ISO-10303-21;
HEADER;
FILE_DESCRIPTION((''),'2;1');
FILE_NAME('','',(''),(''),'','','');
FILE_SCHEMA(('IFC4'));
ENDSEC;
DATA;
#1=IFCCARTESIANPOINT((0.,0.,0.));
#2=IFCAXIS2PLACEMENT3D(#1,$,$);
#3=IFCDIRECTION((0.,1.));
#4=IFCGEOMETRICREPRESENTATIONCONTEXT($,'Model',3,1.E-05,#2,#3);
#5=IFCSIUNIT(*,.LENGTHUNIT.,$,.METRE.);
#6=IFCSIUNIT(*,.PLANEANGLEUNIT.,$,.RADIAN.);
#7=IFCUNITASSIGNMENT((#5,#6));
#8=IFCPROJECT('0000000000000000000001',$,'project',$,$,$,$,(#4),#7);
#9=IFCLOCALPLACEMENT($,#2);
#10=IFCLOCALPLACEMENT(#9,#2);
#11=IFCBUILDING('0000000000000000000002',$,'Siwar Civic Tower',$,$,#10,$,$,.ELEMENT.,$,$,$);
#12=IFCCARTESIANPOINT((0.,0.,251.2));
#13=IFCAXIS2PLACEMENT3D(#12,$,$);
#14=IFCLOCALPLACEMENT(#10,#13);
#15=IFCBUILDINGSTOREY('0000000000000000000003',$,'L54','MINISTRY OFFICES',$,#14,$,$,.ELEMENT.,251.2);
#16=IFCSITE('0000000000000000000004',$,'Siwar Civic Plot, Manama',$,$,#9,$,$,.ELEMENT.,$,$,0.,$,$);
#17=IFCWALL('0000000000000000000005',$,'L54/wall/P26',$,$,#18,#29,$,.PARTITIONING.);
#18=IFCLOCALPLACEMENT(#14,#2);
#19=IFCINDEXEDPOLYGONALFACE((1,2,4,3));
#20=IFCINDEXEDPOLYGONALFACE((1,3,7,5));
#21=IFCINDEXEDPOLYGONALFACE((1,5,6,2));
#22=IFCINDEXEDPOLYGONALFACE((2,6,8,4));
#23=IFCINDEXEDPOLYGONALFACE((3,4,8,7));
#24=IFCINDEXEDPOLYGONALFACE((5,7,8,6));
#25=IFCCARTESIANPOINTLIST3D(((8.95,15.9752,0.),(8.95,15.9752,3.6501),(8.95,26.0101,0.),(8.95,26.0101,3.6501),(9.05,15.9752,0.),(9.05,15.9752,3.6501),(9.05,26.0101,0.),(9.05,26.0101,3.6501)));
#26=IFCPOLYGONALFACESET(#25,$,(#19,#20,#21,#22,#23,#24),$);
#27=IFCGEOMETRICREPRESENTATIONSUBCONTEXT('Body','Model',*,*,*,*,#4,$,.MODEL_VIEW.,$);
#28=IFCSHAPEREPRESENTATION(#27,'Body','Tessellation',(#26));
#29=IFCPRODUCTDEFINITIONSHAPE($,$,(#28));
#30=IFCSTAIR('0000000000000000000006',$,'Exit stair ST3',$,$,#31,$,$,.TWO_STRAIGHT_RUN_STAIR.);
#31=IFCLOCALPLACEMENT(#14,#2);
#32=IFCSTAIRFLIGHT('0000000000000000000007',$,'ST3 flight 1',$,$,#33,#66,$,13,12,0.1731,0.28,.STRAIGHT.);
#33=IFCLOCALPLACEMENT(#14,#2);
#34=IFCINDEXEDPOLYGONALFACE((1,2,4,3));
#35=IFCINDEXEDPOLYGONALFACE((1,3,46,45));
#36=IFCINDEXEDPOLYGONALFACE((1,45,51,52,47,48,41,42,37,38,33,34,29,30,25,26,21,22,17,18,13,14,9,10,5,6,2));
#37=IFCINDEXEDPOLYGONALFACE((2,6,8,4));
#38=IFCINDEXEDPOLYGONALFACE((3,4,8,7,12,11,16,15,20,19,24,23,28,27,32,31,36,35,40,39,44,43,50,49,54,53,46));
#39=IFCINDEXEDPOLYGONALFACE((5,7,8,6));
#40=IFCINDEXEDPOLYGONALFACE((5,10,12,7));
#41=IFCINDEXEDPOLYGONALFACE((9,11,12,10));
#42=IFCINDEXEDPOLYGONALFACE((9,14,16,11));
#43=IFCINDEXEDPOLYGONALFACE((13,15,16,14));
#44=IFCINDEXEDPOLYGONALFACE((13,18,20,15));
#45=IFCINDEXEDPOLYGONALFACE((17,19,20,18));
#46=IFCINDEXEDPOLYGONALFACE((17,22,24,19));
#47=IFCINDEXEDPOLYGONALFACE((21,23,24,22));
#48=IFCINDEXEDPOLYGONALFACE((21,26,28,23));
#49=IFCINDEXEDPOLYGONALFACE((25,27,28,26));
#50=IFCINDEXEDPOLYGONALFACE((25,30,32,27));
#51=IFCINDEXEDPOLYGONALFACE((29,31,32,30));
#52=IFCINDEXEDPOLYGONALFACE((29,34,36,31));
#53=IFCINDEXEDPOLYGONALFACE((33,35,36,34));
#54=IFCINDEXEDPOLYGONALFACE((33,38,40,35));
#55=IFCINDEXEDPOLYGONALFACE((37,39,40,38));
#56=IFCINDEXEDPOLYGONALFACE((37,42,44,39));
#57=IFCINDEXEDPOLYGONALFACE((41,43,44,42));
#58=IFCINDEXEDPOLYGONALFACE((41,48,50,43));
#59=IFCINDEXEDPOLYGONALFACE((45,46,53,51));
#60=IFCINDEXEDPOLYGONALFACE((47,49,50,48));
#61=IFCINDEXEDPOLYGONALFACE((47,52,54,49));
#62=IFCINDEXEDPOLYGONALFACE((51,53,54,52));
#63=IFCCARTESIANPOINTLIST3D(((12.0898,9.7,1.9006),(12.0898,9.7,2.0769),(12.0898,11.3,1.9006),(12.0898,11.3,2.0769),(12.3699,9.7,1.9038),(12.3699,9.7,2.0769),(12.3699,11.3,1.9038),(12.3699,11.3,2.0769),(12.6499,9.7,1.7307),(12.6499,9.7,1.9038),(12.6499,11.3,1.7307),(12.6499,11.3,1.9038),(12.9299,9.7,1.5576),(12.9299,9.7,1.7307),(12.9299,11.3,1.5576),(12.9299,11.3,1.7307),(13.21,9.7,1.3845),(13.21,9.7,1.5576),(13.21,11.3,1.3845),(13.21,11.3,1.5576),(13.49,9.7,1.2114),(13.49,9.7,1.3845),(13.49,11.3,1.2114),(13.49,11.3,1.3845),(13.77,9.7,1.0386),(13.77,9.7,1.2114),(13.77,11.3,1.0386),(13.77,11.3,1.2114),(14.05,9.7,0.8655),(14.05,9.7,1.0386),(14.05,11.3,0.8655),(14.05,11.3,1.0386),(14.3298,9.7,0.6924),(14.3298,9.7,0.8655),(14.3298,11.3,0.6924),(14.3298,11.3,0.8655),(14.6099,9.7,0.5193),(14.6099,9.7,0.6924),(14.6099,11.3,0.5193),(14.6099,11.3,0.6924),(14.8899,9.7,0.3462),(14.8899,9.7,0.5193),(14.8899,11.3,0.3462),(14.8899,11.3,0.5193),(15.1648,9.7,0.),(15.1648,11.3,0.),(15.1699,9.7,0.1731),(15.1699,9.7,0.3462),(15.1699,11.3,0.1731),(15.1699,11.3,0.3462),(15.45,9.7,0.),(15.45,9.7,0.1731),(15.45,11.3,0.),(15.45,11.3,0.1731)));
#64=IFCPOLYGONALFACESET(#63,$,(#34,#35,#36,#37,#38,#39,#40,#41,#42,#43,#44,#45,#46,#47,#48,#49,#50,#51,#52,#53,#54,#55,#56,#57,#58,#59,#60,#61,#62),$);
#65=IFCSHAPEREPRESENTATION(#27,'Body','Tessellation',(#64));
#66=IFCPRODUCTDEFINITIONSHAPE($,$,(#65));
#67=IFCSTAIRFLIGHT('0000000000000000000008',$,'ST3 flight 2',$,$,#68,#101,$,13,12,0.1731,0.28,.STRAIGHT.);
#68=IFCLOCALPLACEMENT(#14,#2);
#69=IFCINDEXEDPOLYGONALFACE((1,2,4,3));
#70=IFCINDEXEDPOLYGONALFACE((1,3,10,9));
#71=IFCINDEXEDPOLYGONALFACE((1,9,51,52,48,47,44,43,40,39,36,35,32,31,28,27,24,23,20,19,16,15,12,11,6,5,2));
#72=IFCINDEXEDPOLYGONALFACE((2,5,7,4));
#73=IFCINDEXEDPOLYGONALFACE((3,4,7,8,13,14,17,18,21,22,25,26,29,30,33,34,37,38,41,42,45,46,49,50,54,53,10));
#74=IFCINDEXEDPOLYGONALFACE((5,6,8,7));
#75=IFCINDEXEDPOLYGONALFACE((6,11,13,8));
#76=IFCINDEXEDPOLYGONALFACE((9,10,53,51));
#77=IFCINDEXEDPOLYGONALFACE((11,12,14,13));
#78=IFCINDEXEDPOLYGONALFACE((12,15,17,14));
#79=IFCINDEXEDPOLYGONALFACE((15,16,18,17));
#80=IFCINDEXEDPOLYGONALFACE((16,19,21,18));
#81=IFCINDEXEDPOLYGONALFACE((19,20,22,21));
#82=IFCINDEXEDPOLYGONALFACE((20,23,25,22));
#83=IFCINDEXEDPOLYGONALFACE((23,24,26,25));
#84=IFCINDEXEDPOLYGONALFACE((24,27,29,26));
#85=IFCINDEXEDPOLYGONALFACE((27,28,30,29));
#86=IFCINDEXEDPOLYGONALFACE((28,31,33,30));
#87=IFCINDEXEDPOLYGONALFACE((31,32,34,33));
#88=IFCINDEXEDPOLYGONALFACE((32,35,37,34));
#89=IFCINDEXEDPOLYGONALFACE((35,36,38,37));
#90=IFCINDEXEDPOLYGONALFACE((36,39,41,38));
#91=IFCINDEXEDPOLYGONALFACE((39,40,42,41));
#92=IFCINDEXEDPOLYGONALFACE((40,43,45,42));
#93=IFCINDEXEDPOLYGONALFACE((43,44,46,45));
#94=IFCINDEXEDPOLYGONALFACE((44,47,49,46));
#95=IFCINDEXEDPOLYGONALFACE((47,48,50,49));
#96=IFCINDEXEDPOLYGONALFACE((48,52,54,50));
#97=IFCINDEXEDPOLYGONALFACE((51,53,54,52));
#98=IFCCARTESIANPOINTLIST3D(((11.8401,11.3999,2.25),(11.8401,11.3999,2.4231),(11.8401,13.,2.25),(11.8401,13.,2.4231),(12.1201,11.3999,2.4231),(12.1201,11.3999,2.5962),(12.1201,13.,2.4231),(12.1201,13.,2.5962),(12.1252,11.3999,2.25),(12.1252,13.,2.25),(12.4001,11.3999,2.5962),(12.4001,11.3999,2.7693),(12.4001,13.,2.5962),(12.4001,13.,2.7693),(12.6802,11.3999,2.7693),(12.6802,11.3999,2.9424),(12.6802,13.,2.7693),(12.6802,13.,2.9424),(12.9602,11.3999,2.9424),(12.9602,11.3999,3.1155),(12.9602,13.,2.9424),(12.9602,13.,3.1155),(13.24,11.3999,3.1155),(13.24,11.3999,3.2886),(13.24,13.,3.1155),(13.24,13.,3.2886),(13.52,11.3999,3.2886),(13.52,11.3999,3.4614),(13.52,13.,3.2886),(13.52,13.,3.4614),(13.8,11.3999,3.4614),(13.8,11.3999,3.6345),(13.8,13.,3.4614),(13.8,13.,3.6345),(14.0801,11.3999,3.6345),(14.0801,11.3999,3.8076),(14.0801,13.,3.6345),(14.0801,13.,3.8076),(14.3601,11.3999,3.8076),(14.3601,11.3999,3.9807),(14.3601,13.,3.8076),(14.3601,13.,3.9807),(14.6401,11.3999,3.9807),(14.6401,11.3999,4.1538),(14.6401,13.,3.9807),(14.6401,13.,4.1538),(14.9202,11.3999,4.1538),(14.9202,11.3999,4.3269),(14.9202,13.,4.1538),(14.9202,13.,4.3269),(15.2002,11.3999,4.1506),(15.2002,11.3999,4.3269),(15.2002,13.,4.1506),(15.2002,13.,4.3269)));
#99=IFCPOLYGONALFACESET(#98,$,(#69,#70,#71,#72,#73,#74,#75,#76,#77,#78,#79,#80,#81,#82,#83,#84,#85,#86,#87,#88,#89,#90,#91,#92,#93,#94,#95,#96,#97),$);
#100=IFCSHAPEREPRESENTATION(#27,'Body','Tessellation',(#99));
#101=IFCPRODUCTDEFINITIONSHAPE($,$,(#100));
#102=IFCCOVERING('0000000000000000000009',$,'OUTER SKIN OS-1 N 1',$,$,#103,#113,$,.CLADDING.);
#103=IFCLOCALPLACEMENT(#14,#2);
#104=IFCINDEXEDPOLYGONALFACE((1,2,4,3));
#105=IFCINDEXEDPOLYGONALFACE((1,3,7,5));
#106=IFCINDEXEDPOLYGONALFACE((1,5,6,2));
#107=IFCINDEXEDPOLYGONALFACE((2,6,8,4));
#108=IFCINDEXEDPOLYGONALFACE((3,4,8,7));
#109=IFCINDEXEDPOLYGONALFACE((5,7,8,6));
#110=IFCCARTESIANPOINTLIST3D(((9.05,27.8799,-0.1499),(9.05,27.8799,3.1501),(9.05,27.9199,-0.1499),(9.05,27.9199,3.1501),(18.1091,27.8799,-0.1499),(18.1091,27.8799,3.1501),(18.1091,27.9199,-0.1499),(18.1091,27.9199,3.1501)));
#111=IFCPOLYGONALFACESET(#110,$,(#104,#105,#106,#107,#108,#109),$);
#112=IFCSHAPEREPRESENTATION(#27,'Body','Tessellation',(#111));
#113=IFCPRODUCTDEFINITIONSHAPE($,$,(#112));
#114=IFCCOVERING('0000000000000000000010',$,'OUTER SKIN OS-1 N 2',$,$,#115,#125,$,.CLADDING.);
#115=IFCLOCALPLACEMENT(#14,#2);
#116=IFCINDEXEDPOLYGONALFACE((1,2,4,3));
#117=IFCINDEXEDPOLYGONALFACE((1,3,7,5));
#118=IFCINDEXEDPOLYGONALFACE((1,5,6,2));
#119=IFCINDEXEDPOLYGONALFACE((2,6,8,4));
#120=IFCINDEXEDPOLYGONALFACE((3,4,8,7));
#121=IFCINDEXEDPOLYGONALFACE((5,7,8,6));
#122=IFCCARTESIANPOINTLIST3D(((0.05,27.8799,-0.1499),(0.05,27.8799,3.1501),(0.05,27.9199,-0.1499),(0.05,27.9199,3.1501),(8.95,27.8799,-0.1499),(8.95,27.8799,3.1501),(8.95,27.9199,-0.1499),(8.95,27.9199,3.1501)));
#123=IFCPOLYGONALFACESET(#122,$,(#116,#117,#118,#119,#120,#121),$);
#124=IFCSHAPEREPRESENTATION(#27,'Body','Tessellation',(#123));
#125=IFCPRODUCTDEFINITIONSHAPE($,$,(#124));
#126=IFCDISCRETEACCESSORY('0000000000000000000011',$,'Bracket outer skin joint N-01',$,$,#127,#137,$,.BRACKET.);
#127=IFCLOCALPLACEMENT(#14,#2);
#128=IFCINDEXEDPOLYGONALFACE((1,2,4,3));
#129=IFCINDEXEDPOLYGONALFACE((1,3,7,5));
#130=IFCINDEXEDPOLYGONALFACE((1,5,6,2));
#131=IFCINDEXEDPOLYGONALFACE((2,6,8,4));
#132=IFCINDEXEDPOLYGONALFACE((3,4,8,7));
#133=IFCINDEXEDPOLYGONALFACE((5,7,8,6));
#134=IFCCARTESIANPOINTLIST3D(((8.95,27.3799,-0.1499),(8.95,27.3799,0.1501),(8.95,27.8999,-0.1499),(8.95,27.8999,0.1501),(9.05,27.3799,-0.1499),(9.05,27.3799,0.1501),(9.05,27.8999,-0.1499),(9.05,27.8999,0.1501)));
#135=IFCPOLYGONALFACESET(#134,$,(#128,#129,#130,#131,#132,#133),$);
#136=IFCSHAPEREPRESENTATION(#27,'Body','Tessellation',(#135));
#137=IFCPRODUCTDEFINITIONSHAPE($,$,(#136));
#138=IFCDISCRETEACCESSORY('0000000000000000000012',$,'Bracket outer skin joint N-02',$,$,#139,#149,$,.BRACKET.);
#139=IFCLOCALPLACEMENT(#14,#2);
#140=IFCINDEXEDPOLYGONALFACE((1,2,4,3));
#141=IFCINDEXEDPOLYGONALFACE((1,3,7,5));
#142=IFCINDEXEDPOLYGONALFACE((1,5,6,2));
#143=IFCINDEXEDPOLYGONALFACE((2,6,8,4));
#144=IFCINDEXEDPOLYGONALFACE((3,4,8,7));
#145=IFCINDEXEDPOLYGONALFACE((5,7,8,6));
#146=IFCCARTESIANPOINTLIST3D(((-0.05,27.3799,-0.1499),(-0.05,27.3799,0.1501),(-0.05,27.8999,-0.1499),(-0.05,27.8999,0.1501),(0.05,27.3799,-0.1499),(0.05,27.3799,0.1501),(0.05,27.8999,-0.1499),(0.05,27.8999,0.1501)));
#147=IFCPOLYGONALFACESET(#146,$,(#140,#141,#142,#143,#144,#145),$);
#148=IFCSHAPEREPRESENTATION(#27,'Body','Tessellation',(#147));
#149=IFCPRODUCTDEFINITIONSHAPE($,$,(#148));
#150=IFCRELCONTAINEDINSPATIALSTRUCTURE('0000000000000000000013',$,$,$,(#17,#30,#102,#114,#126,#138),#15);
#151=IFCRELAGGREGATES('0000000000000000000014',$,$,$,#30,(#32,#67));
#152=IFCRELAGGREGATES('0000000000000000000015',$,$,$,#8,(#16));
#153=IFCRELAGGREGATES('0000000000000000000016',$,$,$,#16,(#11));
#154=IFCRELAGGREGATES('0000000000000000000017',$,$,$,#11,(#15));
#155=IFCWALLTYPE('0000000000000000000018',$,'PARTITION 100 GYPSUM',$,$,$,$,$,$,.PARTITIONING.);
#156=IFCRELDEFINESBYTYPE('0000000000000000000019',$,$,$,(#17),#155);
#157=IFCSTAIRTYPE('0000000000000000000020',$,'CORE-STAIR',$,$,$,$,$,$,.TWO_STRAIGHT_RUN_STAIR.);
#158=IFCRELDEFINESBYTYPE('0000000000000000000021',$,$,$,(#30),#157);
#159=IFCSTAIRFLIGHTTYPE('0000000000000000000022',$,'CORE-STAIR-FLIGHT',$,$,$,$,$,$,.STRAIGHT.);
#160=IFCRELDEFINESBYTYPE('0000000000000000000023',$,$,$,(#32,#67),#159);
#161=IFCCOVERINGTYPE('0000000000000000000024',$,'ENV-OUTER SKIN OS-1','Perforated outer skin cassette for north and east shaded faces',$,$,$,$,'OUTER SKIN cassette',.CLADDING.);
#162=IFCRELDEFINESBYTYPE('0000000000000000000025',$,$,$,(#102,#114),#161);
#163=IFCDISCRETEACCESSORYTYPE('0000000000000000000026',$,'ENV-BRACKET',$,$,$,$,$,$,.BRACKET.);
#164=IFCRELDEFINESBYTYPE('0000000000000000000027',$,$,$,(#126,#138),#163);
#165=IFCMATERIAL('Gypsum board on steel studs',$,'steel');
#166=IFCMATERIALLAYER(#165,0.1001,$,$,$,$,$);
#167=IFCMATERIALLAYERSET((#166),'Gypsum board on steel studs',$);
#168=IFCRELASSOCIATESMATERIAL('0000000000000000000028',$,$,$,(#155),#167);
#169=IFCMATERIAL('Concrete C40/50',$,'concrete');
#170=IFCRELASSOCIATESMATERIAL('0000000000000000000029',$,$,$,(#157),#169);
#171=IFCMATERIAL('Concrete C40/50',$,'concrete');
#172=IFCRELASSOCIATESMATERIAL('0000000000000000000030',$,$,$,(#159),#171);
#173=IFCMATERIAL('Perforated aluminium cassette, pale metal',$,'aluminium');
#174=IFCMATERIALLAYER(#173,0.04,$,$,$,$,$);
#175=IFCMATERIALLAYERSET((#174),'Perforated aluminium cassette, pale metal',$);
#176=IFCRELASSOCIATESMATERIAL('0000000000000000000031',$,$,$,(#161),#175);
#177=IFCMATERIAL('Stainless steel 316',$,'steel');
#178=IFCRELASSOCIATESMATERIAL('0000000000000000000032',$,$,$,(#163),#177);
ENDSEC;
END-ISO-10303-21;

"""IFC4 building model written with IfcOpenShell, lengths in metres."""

from ifc_helpers import new_model, si_unit, direction, frame, frame_2d, origin, origin_2d, place, context, subcontext, project, spatial, polyline, rectangle, outline, extrude, material, layer, layer_set, type_object, element, aggregate, save


model = new_model("IFC4")

# Units and contexts
model_context = context("Model", 3, precision=1e-05, world=origin(), true_north=direction((0.0, 1.0)))
body_context = subcontext(model_context, "Body", "Model", "MODEL_VIEW")
ifc_project = project(units=[si_unit("LENGTHUNIT", "METRE"), si_unit("PLANEANGLEUNIT", "RADIAN")], contexts=[model_context])

# Site, building, storey
site_placement = place(None, origin())
site = spatial("IfcSite", under=ifc_project, at=site_placement, Name="Siwar Civic Plot, Manama", CompositionType="ELEMENT", RefElevation=0.0)
building_placement = place(site_placement, origin())
building = spatial("IfcBuilding", under=site, at=building_placement, Name="Siwar Civic Tower", CompositionType="ELEMENT")
storey_placement = place(building_placement, frame((0.0, 0.0, 251.2)))
storey = spatial("IfcBuildingStorey", under=building, at=storey_placement, Name="L54", Description="MINISTRY OFFICES", CompositionType="ELEMENT", Elevation=251.2)

# Wall
ifc_material_1 = material(Name="Gypsum board on steel studs", Category="steel")
ifc_layer_1 = layer(ifc_material_1, 0.1001)
ifc_layer_set_1 = layer_set([ifc_layer_1], Name="Gypsum board on steel studs")
wall_type_1 = type_object("IfcWallType", Name="PARTITION 100 GYPSUM", PredefinedType="PARTITIONING", material=ifc_layer_set_1)
wall_1_placement = place(storey_placement, frame((9.0, 15.9751, 0.0), z_axis=(0.0, 0.0, 1.0), x_axis=(0.0, 1.0, 0.0)))
element("IfcWall", 1, at=wall_1_placement, inside=storey, type_object=wall_type_1, Name="L54/wall/P26", PredefinedType="PARTITIONING", context=body_context, shape_type="SweptSolid", body=[
    extrude(rectangle(XDim=10.0349, YDim=0.1001, at=frame_2d((5.0176, 0.0))), origin(), (0.0, 0.0, 1.0), 3.6501),
])

# Stair, stair flights
ifc_material_2 = material(Name="Concrete C40/50", Category="concrete")
stair_type = type_object("IfcStairType", Name="CORE-STAIR", PredefinedType="TWO_STRAIGHT_RUN_STAIR", material=ifc_material_2)
stair_placement = place(storey_placement, origin())
stair = element("IfcStair", 2, at=stair_placement, inside=storey, type_object=stair_type, Name="Exit stair ST3", PredefinedType="TWO_STRAIGHT_RUN_STAIR")
ifc_material_3 = material(Name="Concrete C40/50", Category="concrete")
stair_flight_type = type_object("IfcStairFlightType", Name="CORE-STAIR-FLIGHT", PredefinedType="STRAIGHT", material=ifc_material_3)
stair_flight_1_placement = place(storey_placement, frame((15.45, 10.5, 0.0), z_axis=(0.0, 0.0, 1.0), x_axis=(-1.0, 0.0, 0.0)))
stair_flight_1 = element("IfcStairFlight", 3, at=stair_flight_1_placement, type_object=stair_flight_type, Name="ST3 flight 1", NumberOfRisers=13, NumberOfTreads=12, PredefinedType="STRAIGHT", RiserHeight=0.1731, TreadLength=0.28, context=body_context, shape_type="SweptSolid", body=[
    extrude(outline(polyline([(0.0, 0.0), (0.0, 0.1731), (0.28, 0.1731), (0.28, 0.3462), (0.5601, 0.3462), (0.5601, 0.5193), (0.8401, 0.5193), (0.8401, 0.6924), (1.1201, 0.6924), (1.1201, 0.8655), (1.3999, 0.8655), (1.3999, 1.0386), (1.6799, 1.0386), (1.6799, 1.2114), (1.96, 1.2114), (1.96, 1.3845), (2.24, 1.3845), (2.24, 1.5576), (2.52, 1.5576), (2.52, 1.7307), (2.8, 1.7307), (2.8, 1.9038), (3.0801, 1.9038), (3.0801, 2.0769), (3.3601, 2.0769), (3.3601, 2.25), (3.3601, 1.9006), (0.2852, 0.0), (0.0, 0.0)])), frame((0.0, 0.8, 0.0), z_axis=(0.0, -1.0, 0.0), x_axis=(1.0, 0.0, 0.0)), (0.0, 0.0, 1.0), 1.6001),
])
stair_flight_2_placement = place(storey_placement, frame((11.8401, 12.2, 2.25), z_axis=(0.0, 0.0, 1.0), x_axis=(1.0, 0.0, 0.0)))
stair_flight_2 = element("IfcStairFlight", 4, at=stair_flight_2_placement, type_object=stair_flight_type, Name="ST3 flight 2", NumberOfRisers=13, NumberOfTreads=12, PredefinedType="STRAIGHT", RiserHeight=0.1731, TreadLength=0.28, context=body_context, shape_type="SweptSolid", body=[
    extrude(outline(polyline([(0.0, 0.0), (0.0, 0.1731), (0.28, 0.1731), (0.28, 0.3462), (0.5601, 0.3462), (0.5601, 0.5193), (0.8401, 0.5193), (0.8401, 0.6924), (1.1201, 0.6924), (1.1201, 0.8655), (1.3999, 0.8655), (1.3999, 1.0386), (1.6799, 1.0386), (1.6799, 1.2114), (1.96, 1.2114), (1.96, 1.3845), (2.24, 1.3845), (2.24, 1.5576), (2.52, 1.5576), (2.52, 1.7307), (2.8, 1.7307), (2.8, 1.9038), (3.0801, 1.9038), (3.0801, 2.0769), (3.3601, 2.0769), (3.3601, 2.25), (3.3601, 1.9006), (0.2852, 0.0), (0.0, 0.0)])), frame((0.0, 0.8, 0.0), z_axis=(0.0, -1.0, 0.0), x_axis=(1.0, 0.0, 0.0)), (0.0, 0.0, 1.0), 1.6001),
])
aggregate(stair, [stair_flight_1, stair_flight_2])

# Coverings
ifc_material_4 = material(Name="Perforated aluminium cassette, pale metal", Category="aluminium")
ifc_layer_2 = layer(ifc_material_4, 0.04)
ifc_layer_set_2 = layer_set([ifc_layer_2], Name="Perforated aluminium cassette, pale metal")
covering_type = type_object("IfcCoveringType", Name="ENV-OUTER SKIN OS-1", Description="Perforated outer skin cassette for north and east shaded faces", ElementType="OUTER SKIN cassette", PredefinedType="CLADDING", material=ifc_layer_set_2)
covering_1_placement = place(storey_placement, frame((13.5796, 27.8999, -0.1499), z_axis=(0.0, 0.0, 1.0), x_axis=(-1.0, 0.0, 0.0)))
element("IfcCovering", 5, at=covering_1_placement, inside=storey, type_object=covering_type, Name="OUTER SKIN OS-1 N 1", PredefinedType="CLADDING", context=body_context, shape_type="SweptSolid", body=[
    extrude(rectangle(XDim=9.0591, YDim=0.04, at=origin_2d()), origin(), (0.0, 0.0, 1.0), 3.3),
])
covering_2_placement = place(storey_placement, frame((4.5, 27.8999, -0.1499), z_axis=(0.0, 0.0, 1.0), x_axis=(-1.0, 0.0, 0.0)))
element("IfcCovering", 6, at=covering_2_placement, inside=storey, type_object=covering_type, Name="OUTER SKIN OS-1 N 2", PredefinedType="CLADDING", context=body_context, shape_type="SweptSolid", body=[
    extrude(rectangle(XDim=8.8999, YDim=0.04, at=origin_2d()), origin(), (0.0, 0.0, 1.0), 3.3),
])

# Discrete accessories
ifc_material_5 = material(Name="Stainless steel 316", Category="steel")
discrete_accessory_type = type_object("IfcDiscreteAccessoryType", Name="ENV-BRACKET", PredefinedType="BRACKET", material=ifc_material_5)
for number, where, z_axis, x_axis, name in (
    (7, (9.0, 27.6399, -0.1499), (0.0, 0.0, 1.0), (0.0, 1.0, 0.0), "Bracket outer skin joint N-01"),
    (8, (0.0, 27.6399, -0.1499), (0.0, 0.0, 1.0), (0.0, 1.0, 0.0), "Bracket outer skin joint N-02"),
):
    element("IfcDiscreteAccessory", number, at=place(storey_placement, frame(where, z_axis=z_axis, x_axis=x_axis)), inside=storey, type_object=discrete_accessory_type, Name=name, PredefinedType="BRACKET", context=body_context, shape_type="SweptSolid", body=[
        extrude(rectangle(XDim=0.52, YDim=0.1001, at=origin_2d()), origin(), (0.0, 0.0, 1.0), 0.3),
    ])

save(model, "model.ifc")
